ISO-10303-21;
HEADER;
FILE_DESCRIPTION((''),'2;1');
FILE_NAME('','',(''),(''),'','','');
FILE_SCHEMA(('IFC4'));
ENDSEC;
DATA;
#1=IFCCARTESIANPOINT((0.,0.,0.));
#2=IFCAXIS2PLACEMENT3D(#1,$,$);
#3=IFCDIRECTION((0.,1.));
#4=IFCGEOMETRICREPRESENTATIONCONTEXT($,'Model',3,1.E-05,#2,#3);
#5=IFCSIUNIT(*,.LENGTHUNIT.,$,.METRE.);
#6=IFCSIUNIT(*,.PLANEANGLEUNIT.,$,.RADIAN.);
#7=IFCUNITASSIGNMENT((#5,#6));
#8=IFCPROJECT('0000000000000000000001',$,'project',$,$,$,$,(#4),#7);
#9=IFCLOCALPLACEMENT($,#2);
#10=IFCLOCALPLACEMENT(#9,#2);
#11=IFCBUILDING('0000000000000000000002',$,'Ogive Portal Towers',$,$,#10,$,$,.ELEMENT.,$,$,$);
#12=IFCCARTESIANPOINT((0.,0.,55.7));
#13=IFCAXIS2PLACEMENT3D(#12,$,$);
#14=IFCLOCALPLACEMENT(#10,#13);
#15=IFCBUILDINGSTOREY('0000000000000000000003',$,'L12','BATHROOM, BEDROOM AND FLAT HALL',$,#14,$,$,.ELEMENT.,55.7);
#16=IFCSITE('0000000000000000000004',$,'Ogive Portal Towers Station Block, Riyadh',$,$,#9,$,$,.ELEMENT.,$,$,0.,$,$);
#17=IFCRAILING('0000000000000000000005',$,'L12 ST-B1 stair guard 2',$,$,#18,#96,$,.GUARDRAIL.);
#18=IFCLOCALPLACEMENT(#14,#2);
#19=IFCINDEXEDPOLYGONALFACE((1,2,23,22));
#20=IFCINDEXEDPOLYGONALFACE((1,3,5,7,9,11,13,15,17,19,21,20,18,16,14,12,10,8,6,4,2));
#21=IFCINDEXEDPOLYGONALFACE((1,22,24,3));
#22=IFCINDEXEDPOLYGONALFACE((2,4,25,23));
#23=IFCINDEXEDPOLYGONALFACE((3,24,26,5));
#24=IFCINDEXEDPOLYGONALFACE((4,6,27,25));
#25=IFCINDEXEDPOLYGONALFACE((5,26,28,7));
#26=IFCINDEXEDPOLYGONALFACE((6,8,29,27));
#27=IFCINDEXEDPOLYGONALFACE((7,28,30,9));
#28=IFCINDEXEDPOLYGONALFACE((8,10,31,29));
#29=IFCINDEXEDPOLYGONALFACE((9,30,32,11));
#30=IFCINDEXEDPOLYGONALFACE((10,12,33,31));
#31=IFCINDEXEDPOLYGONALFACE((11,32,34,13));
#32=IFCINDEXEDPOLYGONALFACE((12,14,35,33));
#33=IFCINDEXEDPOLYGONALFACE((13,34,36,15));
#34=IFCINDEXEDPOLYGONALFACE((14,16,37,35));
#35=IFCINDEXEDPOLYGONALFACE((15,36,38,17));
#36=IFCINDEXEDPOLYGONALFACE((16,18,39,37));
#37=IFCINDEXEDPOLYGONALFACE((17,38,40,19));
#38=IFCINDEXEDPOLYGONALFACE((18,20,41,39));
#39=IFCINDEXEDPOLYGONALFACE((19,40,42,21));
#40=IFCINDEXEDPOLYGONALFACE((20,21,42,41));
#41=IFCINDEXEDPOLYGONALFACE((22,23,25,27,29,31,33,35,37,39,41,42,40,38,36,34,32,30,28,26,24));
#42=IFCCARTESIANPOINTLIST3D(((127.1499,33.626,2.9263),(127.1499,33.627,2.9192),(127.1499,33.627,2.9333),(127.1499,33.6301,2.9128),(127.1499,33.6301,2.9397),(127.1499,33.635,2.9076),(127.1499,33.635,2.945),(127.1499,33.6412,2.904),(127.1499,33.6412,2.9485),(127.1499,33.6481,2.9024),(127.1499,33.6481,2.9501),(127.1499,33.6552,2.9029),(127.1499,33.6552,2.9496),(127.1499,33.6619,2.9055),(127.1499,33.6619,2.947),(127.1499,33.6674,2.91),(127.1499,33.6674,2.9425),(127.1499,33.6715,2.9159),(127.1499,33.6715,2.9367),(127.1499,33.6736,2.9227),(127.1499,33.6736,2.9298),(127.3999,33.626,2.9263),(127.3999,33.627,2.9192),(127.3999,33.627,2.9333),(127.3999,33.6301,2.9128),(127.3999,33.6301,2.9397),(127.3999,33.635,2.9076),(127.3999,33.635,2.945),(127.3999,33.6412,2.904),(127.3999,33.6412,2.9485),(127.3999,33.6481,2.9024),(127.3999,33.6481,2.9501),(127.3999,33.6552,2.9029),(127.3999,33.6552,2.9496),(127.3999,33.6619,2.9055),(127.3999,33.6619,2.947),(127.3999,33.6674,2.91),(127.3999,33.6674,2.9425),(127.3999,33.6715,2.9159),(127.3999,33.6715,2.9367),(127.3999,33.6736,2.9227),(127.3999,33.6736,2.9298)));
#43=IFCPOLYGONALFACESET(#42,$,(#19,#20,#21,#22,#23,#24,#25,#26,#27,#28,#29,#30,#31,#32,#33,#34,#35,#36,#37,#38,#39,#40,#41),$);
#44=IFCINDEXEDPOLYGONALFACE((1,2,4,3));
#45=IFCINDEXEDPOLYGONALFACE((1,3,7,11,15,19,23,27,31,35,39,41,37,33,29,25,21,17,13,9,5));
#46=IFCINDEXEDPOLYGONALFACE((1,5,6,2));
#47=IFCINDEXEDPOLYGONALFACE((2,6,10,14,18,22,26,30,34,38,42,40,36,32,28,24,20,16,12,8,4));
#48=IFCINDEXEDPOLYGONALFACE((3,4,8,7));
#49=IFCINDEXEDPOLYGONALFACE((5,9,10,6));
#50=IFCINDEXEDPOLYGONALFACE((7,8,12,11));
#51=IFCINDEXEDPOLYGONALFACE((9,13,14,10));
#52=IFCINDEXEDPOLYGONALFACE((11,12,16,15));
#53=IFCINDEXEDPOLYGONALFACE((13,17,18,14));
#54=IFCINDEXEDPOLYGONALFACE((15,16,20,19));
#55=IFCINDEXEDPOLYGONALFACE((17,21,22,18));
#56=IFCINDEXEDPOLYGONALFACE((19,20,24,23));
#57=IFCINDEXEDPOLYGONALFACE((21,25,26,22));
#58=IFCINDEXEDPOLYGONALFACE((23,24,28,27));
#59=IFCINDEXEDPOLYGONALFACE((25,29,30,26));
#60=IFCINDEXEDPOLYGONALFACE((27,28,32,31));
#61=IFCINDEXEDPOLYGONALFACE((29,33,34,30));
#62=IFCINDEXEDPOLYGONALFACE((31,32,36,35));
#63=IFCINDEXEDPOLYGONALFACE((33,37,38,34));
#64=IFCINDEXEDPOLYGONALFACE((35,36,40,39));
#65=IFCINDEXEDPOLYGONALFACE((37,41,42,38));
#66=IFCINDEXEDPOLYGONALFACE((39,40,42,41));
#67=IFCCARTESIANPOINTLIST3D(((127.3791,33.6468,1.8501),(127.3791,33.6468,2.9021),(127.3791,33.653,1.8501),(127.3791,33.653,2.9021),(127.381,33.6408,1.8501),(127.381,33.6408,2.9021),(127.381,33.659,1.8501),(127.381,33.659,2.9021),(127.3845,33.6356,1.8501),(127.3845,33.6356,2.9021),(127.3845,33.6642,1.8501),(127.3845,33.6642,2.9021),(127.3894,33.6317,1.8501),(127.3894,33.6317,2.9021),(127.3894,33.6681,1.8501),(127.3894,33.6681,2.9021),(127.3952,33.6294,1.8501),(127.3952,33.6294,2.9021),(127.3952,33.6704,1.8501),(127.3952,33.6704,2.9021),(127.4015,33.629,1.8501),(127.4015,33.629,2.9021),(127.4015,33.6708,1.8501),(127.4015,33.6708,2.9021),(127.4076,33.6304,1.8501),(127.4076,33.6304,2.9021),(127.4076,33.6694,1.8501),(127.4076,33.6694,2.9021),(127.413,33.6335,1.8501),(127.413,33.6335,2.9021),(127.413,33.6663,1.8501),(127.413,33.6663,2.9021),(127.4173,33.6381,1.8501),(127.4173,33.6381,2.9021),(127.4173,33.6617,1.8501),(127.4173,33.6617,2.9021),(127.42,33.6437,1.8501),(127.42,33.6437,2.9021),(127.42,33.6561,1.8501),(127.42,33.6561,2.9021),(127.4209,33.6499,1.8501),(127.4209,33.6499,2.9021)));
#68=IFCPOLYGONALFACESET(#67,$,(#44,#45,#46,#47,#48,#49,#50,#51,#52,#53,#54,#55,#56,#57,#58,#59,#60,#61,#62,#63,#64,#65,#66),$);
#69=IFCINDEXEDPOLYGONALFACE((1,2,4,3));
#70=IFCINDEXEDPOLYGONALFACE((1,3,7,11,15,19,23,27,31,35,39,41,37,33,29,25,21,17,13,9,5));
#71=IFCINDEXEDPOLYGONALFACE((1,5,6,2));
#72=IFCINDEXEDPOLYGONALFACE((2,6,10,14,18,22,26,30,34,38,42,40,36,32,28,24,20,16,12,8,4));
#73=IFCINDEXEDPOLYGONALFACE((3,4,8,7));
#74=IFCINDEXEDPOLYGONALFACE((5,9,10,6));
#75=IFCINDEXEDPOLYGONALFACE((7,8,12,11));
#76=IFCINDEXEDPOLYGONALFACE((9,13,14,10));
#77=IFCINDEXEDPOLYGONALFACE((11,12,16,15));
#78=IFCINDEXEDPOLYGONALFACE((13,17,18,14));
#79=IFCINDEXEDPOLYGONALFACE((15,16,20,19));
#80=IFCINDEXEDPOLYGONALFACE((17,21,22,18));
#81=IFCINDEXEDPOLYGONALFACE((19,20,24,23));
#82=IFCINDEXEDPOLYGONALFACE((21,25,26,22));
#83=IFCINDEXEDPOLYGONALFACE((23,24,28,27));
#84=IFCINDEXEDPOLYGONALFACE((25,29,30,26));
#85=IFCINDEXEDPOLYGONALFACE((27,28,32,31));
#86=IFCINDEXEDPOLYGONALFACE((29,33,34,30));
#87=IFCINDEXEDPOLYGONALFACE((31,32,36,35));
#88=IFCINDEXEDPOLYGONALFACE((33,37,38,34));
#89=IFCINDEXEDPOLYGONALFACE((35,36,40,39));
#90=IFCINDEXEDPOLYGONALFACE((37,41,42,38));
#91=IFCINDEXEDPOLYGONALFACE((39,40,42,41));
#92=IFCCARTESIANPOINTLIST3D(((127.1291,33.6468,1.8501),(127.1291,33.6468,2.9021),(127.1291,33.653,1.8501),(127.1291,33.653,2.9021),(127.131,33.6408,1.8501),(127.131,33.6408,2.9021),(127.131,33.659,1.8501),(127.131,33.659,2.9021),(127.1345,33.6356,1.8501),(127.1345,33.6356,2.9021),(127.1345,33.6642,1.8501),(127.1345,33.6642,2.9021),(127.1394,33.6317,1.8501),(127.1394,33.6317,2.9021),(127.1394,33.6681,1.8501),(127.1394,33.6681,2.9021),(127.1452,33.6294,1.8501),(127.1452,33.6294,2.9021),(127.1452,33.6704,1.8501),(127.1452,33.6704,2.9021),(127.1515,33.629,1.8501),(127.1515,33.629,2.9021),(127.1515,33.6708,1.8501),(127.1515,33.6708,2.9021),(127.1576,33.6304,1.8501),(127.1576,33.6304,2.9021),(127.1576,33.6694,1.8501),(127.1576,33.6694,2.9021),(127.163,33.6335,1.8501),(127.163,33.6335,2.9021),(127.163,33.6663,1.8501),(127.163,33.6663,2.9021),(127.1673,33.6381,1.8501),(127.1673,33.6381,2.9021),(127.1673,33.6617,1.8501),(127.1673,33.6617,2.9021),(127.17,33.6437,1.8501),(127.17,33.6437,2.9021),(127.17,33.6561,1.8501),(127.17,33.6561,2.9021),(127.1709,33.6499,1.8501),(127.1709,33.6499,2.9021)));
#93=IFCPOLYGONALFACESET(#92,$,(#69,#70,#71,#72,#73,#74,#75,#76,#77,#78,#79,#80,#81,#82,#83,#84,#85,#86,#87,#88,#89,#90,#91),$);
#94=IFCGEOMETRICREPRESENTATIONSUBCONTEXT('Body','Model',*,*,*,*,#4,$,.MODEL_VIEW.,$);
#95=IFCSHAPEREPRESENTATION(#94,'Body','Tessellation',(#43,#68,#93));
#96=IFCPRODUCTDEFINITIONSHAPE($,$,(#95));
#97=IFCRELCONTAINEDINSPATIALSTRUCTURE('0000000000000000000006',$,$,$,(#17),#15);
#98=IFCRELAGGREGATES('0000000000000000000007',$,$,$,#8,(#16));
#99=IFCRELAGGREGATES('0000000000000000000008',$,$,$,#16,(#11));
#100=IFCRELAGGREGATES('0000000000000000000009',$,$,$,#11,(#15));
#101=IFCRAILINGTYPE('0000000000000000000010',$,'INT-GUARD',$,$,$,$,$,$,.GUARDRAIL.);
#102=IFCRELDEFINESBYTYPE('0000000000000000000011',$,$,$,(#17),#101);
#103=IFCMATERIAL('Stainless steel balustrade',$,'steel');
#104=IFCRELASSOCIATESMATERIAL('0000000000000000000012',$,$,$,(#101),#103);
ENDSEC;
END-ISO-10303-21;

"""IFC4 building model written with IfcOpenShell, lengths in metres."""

from ifc_helpers import new_model, si_unit, direction, frame, origin, origin_2d, place, context, subcontext, project, spatial, circle, extrude, material, type_object, element, save


model = new_model("IFC4")

# Units and contexts
model_context = context("Model", 3, precision=1e-05, world=origin(), true_north=direction((0.0, 1.0)))
body_context = subcontext(model_context, "Body", "Model", "MODEL_VIEW")
ifc_project = project(units=[si_unit("LENGTHUNIT", "METRE"), si_unit("PLANEANGLEUNIT", "RADIAN")], contexts=[model_context])

# Site, building, storey
site_placement = place(None, origin())
site = spatial("IfcSite", under=ifc_project, at=site_placement, Name="Ogive Portal Towers Station Block, Riyadh", CompositionType="ELEMENT", RefElevation=0.0)
building_placement = place(site_placement, origin())
building = spatial("IfcBuilding", under=site, at=building_placement, Name="Ogive Portal Towers", CompositionType="ELEMENT")
storey_placement = place(building_placement, frame((0.0, 0.0, 55.7)))
storey = spatial("IfcBuildingStorey", under=building, at=storey_placement, Name="L12", Description="BATHROOM, BEDROOM AND FLAT HALL", CompositionType="ELEMENT", Elevation=55.7)

# Railing
ifc_material_1 = material(Name="Stainless steel balustrade", Category="steel")
railing_type = type_object("IfcRailingType", Name="INT-GUARD", PredefinedType="GUARDRAIL", material=ifc_material_1)
railing_1_placement = place(storey_placement, frame((127.3999, 33.6499, 1.8501)))
element("IfcRailing", 1, at=railing_1_placement, inside=storey, type_object=railing_type, Name="L12 ST-B1 stair guard 2", PredefinedType="GUARDRAIL", context=body_context, shape_type="SweptSolid", body=[
    extrude(circle(Radius=0.0239, at=origin_2d()), frame((0.0, 0.0, 1.0762), z_axis=(-1.0, 0.0, 0.0), x_axis=(0.0, -1.0, 0.0)), (0.0, 0.0, 1.0), 0.25),
    extrude(circle(Radius=0.021, at=origin_2d()), origin(), (0.0, 0.0, 1.0), 1.052),
    extrude(circle(Radius=0.021, at=origin_2d()), frame((-0.25, 0.0, 0.0)), (0.0, 0.0, 1.0), 1.052),
])

save(model, "model.ifc")
